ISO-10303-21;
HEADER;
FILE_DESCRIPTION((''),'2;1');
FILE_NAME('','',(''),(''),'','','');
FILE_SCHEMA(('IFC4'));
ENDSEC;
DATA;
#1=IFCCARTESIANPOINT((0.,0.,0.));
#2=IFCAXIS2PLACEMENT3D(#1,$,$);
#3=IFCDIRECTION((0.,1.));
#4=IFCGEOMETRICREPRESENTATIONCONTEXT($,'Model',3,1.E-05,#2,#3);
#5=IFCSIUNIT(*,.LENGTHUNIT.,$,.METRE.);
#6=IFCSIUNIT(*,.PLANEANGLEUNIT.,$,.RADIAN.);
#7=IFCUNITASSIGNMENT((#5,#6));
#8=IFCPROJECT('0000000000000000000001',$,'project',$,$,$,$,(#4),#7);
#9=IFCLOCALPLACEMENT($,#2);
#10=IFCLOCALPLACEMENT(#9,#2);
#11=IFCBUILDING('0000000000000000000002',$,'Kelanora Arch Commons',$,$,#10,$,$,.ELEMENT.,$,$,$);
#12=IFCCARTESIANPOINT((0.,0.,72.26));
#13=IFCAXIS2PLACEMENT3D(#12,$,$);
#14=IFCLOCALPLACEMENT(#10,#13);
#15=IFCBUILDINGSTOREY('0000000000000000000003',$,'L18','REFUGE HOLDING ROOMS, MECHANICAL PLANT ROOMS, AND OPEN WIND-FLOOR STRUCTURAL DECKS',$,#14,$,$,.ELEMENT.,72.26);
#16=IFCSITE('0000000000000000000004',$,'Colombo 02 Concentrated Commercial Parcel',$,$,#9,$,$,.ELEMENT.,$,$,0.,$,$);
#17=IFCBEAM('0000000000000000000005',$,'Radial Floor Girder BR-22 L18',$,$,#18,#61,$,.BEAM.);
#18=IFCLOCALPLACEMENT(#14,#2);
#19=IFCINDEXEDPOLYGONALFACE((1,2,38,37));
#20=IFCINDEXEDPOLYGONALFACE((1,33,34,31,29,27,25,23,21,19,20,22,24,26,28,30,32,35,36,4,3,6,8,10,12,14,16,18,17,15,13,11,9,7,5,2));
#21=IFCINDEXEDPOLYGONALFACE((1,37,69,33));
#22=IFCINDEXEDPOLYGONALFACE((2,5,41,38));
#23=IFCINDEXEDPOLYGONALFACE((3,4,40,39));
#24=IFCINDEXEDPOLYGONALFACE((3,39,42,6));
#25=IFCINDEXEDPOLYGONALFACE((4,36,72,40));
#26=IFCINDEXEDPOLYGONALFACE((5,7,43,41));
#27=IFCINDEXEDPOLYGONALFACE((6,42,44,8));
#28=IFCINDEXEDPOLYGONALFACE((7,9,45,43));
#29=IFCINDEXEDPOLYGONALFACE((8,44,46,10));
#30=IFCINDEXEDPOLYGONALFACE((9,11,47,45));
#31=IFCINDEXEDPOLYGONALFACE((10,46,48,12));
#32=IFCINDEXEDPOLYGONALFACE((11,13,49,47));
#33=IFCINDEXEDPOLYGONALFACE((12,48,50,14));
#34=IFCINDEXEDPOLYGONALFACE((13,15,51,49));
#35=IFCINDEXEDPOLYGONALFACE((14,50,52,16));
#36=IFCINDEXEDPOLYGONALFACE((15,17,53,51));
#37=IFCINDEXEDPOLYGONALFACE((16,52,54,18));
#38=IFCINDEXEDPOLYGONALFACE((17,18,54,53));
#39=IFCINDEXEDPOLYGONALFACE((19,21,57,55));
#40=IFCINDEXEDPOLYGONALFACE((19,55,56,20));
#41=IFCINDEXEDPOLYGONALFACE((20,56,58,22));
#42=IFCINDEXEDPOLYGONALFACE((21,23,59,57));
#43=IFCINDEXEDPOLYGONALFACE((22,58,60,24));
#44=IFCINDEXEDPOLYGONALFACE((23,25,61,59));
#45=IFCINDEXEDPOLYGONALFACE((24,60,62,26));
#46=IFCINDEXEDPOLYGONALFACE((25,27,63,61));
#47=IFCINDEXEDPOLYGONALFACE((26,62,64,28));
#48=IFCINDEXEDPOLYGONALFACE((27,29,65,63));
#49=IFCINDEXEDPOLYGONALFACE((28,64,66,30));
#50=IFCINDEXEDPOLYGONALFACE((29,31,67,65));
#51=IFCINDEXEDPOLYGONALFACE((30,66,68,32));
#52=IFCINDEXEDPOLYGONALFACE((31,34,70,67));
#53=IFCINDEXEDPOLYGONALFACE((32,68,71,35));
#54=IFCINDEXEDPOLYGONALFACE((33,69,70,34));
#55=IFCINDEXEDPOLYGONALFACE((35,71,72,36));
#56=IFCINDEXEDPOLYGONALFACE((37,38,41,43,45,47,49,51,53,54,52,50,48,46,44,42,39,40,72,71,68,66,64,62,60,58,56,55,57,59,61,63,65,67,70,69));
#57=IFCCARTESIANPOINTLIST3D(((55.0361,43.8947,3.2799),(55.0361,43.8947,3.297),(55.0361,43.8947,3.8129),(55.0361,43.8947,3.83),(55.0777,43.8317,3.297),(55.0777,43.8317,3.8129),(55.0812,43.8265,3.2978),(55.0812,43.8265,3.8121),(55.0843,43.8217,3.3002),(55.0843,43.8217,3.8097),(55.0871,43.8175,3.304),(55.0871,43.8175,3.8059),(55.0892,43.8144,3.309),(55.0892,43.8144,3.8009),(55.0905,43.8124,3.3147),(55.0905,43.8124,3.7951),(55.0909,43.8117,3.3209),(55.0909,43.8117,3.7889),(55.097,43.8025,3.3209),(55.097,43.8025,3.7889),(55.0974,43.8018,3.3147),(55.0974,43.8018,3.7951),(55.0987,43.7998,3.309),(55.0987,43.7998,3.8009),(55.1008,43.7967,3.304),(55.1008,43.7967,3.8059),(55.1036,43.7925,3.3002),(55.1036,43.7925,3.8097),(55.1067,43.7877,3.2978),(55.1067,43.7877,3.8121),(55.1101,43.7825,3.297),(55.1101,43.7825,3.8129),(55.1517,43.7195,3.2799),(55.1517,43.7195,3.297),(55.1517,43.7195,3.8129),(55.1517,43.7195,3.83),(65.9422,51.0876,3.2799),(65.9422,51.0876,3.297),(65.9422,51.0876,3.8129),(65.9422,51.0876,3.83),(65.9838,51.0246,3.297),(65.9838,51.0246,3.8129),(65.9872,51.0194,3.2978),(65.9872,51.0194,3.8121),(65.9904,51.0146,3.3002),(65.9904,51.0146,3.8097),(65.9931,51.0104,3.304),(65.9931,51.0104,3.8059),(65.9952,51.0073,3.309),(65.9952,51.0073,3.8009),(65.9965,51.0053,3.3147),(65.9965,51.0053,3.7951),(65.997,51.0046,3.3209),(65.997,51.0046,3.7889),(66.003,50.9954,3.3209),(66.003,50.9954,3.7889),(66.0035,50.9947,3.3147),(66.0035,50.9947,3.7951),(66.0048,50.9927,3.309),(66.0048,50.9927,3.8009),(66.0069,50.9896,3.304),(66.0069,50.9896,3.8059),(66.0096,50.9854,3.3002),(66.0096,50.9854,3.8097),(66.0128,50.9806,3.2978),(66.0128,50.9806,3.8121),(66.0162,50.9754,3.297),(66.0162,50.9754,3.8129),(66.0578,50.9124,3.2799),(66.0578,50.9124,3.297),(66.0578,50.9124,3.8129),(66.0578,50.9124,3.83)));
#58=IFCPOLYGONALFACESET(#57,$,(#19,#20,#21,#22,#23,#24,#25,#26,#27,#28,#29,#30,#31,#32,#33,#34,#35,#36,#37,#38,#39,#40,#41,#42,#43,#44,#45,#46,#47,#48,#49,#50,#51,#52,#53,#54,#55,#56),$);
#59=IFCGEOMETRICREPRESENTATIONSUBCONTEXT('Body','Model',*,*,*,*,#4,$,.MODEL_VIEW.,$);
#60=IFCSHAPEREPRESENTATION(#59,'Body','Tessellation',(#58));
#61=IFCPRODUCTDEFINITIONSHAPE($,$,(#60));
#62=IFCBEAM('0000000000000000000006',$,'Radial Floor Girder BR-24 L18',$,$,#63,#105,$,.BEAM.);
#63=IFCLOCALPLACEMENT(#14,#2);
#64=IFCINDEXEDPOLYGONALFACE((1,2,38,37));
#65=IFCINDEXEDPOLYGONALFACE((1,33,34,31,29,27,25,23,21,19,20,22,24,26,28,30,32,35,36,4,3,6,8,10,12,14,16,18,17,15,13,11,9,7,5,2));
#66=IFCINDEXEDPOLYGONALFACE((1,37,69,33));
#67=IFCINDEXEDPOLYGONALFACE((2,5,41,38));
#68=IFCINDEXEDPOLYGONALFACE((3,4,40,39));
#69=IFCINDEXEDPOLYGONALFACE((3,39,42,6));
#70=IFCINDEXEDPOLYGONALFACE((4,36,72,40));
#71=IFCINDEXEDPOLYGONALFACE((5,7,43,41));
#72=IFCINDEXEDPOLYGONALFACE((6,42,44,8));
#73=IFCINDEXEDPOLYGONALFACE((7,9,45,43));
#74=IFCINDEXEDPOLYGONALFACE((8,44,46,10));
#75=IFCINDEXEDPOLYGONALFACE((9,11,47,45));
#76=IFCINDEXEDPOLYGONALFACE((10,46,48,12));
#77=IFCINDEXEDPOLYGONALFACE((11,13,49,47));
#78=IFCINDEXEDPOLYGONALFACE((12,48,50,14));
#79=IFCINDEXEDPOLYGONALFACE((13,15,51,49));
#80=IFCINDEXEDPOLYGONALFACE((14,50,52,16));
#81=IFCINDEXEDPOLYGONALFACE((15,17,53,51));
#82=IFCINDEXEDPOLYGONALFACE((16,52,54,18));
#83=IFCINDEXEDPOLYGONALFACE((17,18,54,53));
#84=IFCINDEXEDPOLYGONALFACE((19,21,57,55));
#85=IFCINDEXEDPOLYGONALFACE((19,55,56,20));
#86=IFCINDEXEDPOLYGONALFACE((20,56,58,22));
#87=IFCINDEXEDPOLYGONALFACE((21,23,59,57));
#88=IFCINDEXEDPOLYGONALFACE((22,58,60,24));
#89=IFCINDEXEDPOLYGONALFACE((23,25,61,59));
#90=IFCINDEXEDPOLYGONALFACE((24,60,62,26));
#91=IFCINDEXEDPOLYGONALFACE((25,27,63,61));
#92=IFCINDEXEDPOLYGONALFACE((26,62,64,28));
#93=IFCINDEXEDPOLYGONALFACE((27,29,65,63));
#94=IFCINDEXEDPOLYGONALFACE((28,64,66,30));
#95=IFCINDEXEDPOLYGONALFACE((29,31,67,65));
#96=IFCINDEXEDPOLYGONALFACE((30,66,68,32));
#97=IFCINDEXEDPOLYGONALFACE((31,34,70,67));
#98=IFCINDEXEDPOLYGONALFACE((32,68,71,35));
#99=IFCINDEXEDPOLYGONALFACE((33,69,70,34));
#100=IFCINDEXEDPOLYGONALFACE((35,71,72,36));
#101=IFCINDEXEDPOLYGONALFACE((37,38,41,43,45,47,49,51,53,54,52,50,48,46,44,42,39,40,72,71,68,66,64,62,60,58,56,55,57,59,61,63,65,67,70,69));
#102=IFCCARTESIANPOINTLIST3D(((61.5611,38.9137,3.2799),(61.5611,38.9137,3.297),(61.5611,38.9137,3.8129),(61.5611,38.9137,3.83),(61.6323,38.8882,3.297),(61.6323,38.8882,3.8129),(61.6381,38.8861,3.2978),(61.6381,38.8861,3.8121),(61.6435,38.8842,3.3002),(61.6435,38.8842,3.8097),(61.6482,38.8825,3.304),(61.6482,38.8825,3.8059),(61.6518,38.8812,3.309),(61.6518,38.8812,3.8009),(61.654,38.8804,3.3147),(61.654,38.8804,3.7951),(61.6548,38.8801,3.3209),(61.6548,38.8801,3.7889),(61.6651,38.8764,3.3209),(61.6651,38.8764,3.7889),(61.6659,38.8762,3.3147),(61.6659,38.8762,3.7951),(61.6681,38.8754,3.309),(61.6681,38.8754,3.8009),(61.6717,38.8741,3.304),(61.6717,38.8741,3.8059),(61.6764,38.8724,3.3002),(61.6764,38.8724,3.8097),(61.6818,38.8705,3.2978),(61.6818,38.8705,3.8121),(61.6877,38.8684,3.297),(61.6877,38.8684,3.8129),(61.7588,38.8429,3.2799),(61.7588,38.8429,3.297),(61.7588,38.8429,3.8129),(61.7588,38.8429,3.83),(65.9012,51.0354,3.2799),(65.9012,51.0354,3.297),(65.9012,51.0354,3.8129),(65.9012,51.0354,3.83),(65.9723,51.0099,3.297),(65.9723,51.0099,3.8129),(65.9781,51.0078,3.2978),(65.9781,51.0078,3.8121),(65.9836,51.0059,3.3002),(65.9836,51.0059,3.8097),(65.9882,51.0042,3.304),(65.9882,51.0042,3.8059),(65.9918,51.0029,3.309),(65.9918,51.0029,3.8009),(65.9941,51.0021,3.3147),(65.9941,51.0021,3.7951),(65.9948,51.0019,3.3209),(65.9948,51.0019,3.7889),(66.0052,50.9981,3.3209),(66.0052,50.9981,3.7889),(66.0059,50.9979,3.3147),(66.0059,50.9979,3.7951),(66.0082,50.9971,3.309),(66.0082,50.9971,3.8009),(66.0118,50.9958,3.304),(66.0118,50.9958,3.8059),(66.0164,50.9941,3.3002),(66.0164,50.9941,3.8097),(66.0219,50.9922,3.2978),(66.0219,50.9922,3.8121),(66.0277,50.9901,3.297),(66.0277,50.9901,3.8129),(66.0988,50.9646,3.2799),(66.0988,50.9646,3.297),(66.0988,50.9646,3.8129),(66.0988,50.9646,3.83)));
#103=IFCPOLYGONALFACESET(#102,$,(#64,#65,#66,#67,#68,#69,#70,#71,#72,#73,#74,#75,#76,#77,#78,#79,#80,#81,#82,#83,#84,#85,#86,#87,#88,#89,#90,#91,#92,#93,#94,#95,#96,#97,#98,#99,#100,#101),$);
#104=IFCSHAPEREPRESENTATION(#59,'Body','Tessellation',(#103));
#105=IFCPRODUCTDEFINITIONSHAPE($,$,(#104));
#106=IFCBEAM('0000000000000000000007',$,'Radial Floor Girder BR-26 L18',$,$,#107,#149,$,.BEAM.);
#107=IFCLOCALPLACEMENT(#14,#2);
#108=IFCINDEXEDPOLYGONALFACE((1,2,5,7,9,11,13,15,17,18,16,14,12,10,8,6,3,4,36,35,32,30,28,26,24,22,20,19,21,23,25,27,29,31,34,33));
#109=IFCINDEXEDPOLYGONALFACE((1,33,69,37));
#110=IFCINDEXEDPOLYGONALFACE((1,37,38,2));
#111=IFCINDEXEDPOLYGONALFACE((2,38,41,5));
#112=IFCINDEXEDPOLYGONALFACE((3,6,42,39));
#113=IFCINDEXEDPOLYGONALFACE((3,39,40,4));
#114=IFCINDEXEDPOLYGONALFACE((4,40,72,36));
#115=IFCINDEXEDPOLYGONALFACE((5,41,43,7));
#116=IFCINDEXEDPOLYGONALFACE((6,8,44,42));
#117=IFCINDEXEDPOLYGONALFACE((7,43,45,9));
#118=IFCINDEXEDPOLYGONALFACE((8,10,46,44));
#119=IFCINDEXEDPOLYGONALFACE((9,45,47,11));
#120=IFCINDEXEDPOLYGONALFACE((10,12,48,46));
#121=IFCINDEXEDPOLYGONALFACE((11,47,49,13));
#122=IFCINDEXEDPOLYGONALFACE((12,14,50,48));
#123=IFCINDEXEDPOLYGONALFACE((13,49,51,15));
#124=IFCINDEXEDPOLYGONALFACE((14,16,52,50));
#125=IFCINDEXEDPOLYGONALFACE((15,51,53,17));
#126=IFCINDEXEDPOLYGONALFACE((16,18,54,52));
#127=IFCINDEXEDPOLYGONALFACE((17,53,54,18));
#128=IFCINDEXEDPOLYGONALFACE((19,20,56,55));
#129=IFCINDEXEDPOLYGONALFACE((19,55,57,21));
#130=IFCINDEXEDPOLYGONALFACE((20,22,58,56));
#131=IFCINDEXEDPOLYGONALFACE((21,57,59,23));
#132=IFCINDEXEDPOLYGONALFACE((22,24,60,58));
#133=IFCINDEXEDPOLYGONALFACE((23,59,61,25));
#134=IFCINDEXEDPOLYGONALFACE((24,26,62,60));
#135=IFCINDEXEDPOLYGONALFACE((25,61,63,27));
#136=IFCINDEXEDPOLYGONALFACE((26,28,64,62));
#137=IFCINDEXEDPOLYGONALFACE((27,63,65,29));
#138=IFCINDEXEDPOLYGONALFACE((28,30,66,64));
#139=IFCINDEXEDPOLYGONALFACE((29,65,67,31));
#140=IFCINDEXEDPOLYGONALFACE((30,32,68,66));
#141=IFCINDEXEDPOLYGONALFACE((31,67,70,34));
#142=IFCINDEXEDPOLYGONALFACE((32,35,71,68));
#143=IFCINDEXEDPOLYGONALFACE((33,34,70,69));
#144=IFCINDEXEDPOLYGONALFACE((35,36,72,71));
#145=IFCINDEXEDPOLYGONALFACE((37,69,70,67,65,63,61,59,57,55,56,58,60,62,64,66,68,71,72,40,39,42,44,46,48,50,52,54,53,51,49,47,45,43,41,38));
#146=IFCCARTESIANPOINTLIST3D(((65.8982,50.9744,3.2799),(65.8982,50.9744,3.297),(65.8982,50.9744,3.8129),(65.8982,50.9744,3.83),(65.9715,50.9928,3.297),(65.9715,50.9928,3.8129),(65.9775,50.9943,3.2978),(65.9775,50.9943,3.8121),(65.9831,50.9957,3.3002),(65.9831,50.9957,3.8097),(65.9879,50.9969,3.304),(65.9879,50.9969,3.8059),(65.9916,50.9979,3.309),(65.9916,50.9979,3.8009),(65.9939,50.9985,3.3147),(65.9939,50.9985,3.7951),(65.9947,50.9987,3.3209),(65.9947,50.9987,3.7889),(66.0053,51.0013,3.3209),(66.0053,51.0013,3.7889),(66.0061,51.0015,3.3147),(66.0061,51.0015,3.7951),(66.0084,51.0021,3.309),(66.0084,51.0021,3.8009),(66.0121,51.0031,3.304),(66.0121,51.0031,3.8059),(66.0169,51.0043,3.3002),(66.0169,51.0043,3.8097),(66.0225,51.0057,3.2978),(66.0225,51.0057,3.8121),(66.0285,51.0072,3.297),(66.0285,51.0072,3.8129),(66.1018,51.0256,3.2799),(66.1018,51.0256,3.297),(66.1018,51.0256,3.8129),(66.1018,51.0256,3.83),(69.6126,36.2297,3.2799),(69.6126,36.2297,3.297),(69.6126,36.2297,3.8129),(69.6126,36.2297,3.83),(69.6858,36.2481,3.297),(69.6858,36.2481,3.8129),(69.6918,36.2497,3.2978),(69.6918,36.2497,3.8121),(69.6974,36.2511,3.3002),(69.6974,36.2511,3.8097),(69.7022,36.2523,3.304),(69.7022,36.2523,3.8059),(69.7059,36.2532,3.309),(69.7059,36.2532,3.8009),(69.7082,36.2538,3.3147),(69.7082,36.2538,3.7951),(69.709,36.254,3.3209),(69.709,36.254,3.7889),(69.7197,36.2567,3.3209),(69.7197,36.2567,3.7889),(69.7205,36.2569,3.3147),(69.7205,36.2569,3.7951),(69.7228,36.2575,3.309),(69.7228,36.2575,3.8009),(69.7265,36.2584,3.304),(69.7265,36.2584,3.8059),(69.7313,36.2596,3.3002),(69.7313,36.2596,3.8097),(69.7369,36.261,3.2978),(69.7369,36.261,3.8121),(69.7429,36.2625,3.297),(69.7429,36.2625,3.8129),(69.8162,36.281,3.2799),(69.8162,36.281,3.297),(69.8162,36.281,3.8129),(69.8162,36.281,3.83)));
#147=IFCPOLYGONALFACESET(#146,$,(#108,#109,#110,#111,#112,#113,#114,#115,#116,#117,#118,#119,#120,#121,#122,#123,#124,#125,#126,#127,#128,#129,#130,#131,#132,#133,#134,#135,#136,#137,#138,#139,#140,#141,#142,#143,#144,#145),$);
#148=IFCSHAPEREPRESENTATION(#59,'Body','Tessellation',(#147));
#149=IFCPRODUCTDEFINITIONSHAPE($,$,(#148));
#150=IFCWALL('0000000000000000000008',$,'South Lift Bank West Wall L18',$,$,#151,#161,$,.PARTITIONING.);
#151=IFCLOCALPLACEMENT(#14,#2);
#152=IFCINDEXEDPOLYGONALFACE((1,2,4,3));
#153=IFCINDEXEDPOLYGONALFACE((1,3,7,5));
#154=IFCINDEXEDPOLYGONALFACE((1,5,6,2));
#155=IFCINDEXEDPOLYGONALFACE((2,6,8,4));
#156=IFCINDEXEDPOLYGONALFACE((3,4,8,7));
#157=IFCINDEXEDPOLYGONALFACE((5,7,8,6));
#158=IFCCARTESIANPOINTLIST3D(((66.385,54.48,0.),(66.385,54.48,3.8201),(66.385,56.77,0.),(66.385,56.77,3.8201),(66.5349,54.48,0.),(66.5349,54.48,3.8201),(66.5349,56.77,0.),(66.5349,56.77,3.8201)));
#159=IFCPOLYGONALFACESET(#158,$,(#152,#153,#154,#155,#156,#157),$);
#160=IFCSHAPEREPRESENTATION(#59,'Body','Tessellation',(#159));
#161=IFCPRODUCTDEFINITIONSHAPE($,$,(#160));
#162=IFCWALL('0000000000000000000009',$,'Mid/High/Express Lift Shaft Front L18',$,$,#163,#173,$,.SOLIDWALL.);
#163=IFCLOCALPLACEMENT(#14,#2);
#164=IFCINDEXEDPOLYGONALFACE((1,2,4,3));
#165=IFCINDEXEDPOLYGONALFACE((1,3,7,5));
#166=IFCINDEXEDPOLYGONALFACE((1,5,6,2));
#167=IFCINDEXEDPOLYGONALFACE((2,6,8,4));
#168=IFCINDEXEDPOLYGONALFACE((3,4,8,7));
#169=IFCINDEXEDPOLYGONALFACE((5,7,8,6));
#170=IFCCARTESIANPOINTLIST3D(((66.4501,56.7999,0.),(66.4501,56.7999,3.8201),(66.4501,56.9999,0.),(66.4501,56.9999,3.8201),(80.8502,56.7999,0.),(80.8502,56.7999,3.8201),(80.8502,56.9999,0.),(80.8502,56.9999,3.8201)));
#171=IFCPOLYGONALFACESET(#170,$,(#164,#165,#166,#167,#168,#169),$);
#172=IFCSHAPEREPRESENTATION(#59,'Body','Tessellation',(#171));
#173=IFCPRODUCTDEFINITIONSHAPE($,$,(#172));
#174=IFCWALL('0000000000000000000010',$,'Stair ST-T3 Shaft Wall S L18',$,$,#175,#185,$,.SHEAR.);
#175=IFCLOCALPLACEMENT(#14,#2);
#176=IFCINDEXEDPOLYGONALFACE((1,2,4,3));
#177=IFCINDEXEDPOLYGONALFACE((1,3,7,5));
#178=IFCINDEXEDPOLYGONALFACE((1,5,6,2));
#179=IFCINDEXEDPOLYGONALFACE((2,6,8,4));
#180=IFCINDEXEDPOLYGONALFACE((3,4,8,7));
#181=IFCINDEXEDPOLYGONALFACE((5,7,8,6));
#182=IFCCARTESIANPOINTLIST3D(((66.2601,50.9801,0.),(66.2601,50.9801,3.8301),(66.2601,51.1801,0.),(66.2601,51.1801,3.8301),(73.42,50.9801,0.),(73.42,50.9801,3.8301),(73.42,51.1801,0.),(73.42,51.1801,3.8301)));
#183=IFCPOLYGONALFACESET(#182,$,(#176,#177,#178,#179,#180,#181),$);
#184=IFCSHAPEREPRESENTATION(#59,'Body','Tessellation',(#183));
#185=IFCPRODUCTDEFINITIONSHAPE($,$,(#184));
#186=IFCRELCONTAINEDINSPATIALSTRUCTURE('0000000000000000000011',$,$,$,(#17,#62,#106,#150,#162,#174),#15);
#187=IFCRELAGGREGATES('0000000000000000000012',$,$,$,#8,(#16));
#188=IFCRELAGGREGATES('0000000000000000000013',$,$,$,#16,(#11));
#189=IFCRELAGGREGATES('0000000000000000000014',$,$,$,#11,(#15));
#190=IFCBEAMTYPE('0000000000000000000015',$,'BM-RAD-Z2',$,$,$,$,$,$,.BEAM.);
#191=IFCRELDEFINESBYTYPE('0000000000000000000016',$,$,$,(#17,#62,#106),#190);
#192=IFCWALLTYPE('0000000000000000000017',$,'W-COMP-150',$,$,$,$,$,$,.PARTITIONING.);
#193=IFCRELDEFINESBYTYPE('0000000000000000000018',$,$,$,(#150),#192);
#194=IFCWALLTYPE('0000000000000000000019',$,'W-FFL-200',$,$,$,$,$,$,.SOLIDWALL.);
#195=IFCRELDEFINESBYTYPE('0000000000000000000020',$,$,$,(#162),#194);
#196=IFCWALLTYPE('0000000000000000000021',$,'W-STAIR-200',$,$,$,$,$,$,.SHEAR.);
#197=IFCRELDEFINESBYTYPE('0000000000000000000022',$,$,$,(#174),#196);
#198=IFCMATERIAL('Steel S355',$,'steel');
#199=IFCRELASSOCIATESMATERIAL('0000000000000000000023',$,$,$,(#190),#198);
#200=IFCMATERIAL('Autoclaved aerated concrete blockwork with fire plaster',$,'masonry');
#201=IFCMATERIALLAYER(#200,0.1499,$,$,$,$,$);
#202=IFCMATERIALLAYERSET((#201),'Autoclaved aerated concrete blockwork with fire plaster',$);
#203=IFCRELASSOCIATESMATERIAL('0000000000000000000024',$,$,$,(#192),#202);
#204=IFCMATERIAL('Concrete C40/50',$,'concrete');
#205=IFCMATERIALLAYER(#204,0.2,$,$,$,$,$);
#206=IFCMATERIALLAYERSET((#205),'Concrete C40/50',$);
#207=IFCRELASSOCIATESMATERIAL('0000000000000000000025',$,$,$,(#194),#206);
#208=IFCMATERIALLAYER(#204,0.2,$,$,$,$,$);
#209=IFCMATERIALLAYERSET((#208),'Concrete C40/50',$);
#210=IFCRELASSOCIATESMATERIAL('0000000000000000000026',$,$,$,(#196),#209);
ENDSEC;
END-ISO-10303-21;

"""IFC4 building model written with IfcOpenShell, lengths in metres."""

from ifc_helpers import new_model, si_unit, direction, frame, frame_2d, origin, origin_2d, place, context, subcontext, project, spatial, rectangle, i_section, extrude, material, layer, layer_set, material_profile, profile_set, type_object, element, save


model = new_model("IFC4")

# Units and contexts
model_context = context("Model", 3, precision=1e-05, world=origin(), true_north=direction((0.0, 1.0)))
body_context = subcontext(model_context, "Body", "Model", "MODEL_VIEW")
ifc_project = project(units=[si_unit("LENGTHUNIT", "METRE"), si_unit("PLANEANGLEUNIT", "RADIAN")], contexts=[model_context])

# Site, building, storey
site_placement = place(None, origin())
site = spatial("IfcSite", under=ifc_project, at=site_placement, Name="Colombo 02 Concentrated Commercial Parcel", CompositionType="ELEMENT", RefElevation=0.0)
building_placement = place(site_placement, origin())
building = spatial("IfcBuilding", under=site, at=building_placement, Name="Kelanora Arch Commons", CompositionType="ELEMENT")
storey_placement = place(building_placement, frame((0.0, 0.0, 72.26)))
storey = spatial("IfcBuildingStorey", under=building, at=storey_placement, Name="L18", Description="REFUGE HOLDING ROOMS, MECHANICAL PLANT ROOMS, AND OPEN WIND-FLOOR STRUCTURAL DECKS", CompositionType="ELEMENT", Elevation=72.26)

# Beams
ifc_material_1 = material(Name="Steel S355", Category="steel")
ifc_material_profile_1 = material_profile(ifc_material_1, i_section(OverallWidth=0.21, OverallDepth=0.55, WebThickness=0.011, FlangeThickness=0.0171, FilletRadius=0.0239, at=origin_2d()), Name="IPE550")
ifc_profile_set_1 = profile_set([ifc_material_profile_1], Name="Steel S355")
beam_type_1 = type_object("IfcBeamType", Name="BM-RAD-Z2", PredefinedType="BEAM", material=ifc_profile_set_1)
beam_1_placement = place(storey_placement, frame((66.0, 51.0, 3.5549), z_axis=(-0.834789, -0.550571, 0.0), x_axis=(0.550571, -0.834789, 0.0)))
element("IfcBeam", 1, at=beam_1_placement, inside=storey, type_object=beam_type_1, Name="Radial Floor Girder BR-22 L18", PredefinedType="BEAM", context=body_context, shape_type="SweptSolid", body=[
    extrude(i_section(OverallWidth=0.21, OverallDepth=0.55, WebThickness=0.011, FlangeThickness=0.0171, FilletRadius=0.0239, at=origin_2d()), origin(), (0.0, 0.0, 1.0), 13.0645),
])
beam_2_placement = place(storey_placement, frame((66.0, 51.0, 3.5549), z_axis=(-0.337085, -0.941474, 0.0), x_axis=(0.941474, -0.337085, 0.0)))
element("IfcBeam", 2, at=beam_2_placement, inside=storey, type_object=beam_type_1, Name="Radial Floor Girder BR-24 L18", PredefinedType="BEAM", context=body_context, shape_type="SweptSolid", body=[
    extrude(i_section(OverallWidth=0.21, OverallDepth=0.55, WebThickness=0.011, FlangeThickness=0.0171, FilletRadius=0.0239, at=origin_2d()), origin(), (0.0, 0.0, 1.0), 12.8752),
])
beam_3_placement = place(storey_placement, frame((66.0, 51.0, 3.5549), z_axis=(0.244281, -0.969705, 0.0), x_axis=(0.969705, 0.244281, 0.0)))
element("IfcBeam", 3, at=beam_3_placement, inside=storey, type_object=beam_type_1, Name="Radial Floor Girder BR-26 L18", PredefinedType="BEAM", context=body_context, shape_type="SweptSolid", body=[
    extrude(i_section(OverallWidth=0.21, OverallDepth=0.55, WebThickness=0.011, FlangeThickness=0.0171, FilletRadius=0.0239, at=origin_2d()), origin(), (0.0, 0.0, 1.0), 15.2053),
])

# Walls
ifc_material_2 = material(Name="Autoclaved aerated concrete blockwork with fire plaster", Category="masonry")
ifc_layer_1 = layer(ifc_material_2, 0.1499)
ifc_layer_set_1 = layer_set([ifc_layer_1], Name="Autoclaved aerated concrete blockwork with fire plaster")
wall_type_1 = type_object("IfcWallType", Name="W-COMP-150", PredefinedType="PARTITIONING", material=ifc_layer_set_1)
wall_1_placement = place(storey_placement, frame((66.46, 54.48, 0.0), z_axis=(0.0, 0.0, 1.0), x_axis=(0.0, 1.0, 0.0)))
element("IfcWall", 4, at=wall_1_placement, inside=storey, type_object=wall_type_1, Name="South Lift Bank West Wall L18", PredefinedType="PARTITIONING", context=body_context, shape_type="SweptSolid", body=[
    extrude(rectangle(XDim=2.29, YDim=0.1499, at=frame_2d((1.145, 0.0))), origin(), (0.0, 0.0, 1.0), 3.8201),
])
ifc_material_3 = material(Name="Concrete C40/50", Category="concrete")
ifc_layer_2 = layer(ifc_material_3, 0.2)
ifc_layer_set_2 = layer_set([ifc_layer_2], Name="Concrete C40/50")
wall_type_2 = type_object("IfcWallType", Name="W-FFL-200", PredefinedType="SOLIDWALL", material=ifc_layer_set_2)
wall_2_placement = place(storey_placement, frame((66.45, 56.8999, 0.0), z_axis=(0.0, 0.0, 1.0), x_axis=(1.0, 0.0, 0.0)))
element("IfcWall", 5, at=wall_2_placement, inside=storey, type_object=wall_type_2, Name="Mid/High/Express Lift Shaft Front L18", PredefinedType="SOLIDWALL", context=body_context, shape_type="SweptSolid", body=[
    extrude(rectangle(XDim=14.4001, YDim=0.2, at=frame_2d((7.2002, 0.0))), origin(), (0.0, 0.0, 1.0), 3.8201),
])
ifc_layer_3 = layer(ifc_material_3, 0.2)
ifc_layer_set_3 = layer_set([ifc_layer_3], Name="Concrete C40/50")
wall_type_3 = type_object("IfcWallType", Name="W-STAIR-200", PredefinedType="SHEAR", material=ifc_layer_set_3)
wall_3_placement = place(storey_placement, frame((66.26, 51.0801, 0.0), z_axis=(0.0, 0.0, 1.0), x_axis=(1.0, 0.0, 0.0)))
element("IfcWall", 6, at=wall_3_placement, inside=storey, type_object=wall_type_3, Name="Stair ST-T3 Shaft Wall S L18", PredefinedType="SHEAR", context=body_context, shape_type="SweptSolid", body=[
    extrude(rectangle(XDim=7.1599, YDim=0.2, at=frame_2d((3.5801, 0.0))), origin(), (0.0, 0.0, 1.0), 3.8301),
])

save(model, "model.ifc")
